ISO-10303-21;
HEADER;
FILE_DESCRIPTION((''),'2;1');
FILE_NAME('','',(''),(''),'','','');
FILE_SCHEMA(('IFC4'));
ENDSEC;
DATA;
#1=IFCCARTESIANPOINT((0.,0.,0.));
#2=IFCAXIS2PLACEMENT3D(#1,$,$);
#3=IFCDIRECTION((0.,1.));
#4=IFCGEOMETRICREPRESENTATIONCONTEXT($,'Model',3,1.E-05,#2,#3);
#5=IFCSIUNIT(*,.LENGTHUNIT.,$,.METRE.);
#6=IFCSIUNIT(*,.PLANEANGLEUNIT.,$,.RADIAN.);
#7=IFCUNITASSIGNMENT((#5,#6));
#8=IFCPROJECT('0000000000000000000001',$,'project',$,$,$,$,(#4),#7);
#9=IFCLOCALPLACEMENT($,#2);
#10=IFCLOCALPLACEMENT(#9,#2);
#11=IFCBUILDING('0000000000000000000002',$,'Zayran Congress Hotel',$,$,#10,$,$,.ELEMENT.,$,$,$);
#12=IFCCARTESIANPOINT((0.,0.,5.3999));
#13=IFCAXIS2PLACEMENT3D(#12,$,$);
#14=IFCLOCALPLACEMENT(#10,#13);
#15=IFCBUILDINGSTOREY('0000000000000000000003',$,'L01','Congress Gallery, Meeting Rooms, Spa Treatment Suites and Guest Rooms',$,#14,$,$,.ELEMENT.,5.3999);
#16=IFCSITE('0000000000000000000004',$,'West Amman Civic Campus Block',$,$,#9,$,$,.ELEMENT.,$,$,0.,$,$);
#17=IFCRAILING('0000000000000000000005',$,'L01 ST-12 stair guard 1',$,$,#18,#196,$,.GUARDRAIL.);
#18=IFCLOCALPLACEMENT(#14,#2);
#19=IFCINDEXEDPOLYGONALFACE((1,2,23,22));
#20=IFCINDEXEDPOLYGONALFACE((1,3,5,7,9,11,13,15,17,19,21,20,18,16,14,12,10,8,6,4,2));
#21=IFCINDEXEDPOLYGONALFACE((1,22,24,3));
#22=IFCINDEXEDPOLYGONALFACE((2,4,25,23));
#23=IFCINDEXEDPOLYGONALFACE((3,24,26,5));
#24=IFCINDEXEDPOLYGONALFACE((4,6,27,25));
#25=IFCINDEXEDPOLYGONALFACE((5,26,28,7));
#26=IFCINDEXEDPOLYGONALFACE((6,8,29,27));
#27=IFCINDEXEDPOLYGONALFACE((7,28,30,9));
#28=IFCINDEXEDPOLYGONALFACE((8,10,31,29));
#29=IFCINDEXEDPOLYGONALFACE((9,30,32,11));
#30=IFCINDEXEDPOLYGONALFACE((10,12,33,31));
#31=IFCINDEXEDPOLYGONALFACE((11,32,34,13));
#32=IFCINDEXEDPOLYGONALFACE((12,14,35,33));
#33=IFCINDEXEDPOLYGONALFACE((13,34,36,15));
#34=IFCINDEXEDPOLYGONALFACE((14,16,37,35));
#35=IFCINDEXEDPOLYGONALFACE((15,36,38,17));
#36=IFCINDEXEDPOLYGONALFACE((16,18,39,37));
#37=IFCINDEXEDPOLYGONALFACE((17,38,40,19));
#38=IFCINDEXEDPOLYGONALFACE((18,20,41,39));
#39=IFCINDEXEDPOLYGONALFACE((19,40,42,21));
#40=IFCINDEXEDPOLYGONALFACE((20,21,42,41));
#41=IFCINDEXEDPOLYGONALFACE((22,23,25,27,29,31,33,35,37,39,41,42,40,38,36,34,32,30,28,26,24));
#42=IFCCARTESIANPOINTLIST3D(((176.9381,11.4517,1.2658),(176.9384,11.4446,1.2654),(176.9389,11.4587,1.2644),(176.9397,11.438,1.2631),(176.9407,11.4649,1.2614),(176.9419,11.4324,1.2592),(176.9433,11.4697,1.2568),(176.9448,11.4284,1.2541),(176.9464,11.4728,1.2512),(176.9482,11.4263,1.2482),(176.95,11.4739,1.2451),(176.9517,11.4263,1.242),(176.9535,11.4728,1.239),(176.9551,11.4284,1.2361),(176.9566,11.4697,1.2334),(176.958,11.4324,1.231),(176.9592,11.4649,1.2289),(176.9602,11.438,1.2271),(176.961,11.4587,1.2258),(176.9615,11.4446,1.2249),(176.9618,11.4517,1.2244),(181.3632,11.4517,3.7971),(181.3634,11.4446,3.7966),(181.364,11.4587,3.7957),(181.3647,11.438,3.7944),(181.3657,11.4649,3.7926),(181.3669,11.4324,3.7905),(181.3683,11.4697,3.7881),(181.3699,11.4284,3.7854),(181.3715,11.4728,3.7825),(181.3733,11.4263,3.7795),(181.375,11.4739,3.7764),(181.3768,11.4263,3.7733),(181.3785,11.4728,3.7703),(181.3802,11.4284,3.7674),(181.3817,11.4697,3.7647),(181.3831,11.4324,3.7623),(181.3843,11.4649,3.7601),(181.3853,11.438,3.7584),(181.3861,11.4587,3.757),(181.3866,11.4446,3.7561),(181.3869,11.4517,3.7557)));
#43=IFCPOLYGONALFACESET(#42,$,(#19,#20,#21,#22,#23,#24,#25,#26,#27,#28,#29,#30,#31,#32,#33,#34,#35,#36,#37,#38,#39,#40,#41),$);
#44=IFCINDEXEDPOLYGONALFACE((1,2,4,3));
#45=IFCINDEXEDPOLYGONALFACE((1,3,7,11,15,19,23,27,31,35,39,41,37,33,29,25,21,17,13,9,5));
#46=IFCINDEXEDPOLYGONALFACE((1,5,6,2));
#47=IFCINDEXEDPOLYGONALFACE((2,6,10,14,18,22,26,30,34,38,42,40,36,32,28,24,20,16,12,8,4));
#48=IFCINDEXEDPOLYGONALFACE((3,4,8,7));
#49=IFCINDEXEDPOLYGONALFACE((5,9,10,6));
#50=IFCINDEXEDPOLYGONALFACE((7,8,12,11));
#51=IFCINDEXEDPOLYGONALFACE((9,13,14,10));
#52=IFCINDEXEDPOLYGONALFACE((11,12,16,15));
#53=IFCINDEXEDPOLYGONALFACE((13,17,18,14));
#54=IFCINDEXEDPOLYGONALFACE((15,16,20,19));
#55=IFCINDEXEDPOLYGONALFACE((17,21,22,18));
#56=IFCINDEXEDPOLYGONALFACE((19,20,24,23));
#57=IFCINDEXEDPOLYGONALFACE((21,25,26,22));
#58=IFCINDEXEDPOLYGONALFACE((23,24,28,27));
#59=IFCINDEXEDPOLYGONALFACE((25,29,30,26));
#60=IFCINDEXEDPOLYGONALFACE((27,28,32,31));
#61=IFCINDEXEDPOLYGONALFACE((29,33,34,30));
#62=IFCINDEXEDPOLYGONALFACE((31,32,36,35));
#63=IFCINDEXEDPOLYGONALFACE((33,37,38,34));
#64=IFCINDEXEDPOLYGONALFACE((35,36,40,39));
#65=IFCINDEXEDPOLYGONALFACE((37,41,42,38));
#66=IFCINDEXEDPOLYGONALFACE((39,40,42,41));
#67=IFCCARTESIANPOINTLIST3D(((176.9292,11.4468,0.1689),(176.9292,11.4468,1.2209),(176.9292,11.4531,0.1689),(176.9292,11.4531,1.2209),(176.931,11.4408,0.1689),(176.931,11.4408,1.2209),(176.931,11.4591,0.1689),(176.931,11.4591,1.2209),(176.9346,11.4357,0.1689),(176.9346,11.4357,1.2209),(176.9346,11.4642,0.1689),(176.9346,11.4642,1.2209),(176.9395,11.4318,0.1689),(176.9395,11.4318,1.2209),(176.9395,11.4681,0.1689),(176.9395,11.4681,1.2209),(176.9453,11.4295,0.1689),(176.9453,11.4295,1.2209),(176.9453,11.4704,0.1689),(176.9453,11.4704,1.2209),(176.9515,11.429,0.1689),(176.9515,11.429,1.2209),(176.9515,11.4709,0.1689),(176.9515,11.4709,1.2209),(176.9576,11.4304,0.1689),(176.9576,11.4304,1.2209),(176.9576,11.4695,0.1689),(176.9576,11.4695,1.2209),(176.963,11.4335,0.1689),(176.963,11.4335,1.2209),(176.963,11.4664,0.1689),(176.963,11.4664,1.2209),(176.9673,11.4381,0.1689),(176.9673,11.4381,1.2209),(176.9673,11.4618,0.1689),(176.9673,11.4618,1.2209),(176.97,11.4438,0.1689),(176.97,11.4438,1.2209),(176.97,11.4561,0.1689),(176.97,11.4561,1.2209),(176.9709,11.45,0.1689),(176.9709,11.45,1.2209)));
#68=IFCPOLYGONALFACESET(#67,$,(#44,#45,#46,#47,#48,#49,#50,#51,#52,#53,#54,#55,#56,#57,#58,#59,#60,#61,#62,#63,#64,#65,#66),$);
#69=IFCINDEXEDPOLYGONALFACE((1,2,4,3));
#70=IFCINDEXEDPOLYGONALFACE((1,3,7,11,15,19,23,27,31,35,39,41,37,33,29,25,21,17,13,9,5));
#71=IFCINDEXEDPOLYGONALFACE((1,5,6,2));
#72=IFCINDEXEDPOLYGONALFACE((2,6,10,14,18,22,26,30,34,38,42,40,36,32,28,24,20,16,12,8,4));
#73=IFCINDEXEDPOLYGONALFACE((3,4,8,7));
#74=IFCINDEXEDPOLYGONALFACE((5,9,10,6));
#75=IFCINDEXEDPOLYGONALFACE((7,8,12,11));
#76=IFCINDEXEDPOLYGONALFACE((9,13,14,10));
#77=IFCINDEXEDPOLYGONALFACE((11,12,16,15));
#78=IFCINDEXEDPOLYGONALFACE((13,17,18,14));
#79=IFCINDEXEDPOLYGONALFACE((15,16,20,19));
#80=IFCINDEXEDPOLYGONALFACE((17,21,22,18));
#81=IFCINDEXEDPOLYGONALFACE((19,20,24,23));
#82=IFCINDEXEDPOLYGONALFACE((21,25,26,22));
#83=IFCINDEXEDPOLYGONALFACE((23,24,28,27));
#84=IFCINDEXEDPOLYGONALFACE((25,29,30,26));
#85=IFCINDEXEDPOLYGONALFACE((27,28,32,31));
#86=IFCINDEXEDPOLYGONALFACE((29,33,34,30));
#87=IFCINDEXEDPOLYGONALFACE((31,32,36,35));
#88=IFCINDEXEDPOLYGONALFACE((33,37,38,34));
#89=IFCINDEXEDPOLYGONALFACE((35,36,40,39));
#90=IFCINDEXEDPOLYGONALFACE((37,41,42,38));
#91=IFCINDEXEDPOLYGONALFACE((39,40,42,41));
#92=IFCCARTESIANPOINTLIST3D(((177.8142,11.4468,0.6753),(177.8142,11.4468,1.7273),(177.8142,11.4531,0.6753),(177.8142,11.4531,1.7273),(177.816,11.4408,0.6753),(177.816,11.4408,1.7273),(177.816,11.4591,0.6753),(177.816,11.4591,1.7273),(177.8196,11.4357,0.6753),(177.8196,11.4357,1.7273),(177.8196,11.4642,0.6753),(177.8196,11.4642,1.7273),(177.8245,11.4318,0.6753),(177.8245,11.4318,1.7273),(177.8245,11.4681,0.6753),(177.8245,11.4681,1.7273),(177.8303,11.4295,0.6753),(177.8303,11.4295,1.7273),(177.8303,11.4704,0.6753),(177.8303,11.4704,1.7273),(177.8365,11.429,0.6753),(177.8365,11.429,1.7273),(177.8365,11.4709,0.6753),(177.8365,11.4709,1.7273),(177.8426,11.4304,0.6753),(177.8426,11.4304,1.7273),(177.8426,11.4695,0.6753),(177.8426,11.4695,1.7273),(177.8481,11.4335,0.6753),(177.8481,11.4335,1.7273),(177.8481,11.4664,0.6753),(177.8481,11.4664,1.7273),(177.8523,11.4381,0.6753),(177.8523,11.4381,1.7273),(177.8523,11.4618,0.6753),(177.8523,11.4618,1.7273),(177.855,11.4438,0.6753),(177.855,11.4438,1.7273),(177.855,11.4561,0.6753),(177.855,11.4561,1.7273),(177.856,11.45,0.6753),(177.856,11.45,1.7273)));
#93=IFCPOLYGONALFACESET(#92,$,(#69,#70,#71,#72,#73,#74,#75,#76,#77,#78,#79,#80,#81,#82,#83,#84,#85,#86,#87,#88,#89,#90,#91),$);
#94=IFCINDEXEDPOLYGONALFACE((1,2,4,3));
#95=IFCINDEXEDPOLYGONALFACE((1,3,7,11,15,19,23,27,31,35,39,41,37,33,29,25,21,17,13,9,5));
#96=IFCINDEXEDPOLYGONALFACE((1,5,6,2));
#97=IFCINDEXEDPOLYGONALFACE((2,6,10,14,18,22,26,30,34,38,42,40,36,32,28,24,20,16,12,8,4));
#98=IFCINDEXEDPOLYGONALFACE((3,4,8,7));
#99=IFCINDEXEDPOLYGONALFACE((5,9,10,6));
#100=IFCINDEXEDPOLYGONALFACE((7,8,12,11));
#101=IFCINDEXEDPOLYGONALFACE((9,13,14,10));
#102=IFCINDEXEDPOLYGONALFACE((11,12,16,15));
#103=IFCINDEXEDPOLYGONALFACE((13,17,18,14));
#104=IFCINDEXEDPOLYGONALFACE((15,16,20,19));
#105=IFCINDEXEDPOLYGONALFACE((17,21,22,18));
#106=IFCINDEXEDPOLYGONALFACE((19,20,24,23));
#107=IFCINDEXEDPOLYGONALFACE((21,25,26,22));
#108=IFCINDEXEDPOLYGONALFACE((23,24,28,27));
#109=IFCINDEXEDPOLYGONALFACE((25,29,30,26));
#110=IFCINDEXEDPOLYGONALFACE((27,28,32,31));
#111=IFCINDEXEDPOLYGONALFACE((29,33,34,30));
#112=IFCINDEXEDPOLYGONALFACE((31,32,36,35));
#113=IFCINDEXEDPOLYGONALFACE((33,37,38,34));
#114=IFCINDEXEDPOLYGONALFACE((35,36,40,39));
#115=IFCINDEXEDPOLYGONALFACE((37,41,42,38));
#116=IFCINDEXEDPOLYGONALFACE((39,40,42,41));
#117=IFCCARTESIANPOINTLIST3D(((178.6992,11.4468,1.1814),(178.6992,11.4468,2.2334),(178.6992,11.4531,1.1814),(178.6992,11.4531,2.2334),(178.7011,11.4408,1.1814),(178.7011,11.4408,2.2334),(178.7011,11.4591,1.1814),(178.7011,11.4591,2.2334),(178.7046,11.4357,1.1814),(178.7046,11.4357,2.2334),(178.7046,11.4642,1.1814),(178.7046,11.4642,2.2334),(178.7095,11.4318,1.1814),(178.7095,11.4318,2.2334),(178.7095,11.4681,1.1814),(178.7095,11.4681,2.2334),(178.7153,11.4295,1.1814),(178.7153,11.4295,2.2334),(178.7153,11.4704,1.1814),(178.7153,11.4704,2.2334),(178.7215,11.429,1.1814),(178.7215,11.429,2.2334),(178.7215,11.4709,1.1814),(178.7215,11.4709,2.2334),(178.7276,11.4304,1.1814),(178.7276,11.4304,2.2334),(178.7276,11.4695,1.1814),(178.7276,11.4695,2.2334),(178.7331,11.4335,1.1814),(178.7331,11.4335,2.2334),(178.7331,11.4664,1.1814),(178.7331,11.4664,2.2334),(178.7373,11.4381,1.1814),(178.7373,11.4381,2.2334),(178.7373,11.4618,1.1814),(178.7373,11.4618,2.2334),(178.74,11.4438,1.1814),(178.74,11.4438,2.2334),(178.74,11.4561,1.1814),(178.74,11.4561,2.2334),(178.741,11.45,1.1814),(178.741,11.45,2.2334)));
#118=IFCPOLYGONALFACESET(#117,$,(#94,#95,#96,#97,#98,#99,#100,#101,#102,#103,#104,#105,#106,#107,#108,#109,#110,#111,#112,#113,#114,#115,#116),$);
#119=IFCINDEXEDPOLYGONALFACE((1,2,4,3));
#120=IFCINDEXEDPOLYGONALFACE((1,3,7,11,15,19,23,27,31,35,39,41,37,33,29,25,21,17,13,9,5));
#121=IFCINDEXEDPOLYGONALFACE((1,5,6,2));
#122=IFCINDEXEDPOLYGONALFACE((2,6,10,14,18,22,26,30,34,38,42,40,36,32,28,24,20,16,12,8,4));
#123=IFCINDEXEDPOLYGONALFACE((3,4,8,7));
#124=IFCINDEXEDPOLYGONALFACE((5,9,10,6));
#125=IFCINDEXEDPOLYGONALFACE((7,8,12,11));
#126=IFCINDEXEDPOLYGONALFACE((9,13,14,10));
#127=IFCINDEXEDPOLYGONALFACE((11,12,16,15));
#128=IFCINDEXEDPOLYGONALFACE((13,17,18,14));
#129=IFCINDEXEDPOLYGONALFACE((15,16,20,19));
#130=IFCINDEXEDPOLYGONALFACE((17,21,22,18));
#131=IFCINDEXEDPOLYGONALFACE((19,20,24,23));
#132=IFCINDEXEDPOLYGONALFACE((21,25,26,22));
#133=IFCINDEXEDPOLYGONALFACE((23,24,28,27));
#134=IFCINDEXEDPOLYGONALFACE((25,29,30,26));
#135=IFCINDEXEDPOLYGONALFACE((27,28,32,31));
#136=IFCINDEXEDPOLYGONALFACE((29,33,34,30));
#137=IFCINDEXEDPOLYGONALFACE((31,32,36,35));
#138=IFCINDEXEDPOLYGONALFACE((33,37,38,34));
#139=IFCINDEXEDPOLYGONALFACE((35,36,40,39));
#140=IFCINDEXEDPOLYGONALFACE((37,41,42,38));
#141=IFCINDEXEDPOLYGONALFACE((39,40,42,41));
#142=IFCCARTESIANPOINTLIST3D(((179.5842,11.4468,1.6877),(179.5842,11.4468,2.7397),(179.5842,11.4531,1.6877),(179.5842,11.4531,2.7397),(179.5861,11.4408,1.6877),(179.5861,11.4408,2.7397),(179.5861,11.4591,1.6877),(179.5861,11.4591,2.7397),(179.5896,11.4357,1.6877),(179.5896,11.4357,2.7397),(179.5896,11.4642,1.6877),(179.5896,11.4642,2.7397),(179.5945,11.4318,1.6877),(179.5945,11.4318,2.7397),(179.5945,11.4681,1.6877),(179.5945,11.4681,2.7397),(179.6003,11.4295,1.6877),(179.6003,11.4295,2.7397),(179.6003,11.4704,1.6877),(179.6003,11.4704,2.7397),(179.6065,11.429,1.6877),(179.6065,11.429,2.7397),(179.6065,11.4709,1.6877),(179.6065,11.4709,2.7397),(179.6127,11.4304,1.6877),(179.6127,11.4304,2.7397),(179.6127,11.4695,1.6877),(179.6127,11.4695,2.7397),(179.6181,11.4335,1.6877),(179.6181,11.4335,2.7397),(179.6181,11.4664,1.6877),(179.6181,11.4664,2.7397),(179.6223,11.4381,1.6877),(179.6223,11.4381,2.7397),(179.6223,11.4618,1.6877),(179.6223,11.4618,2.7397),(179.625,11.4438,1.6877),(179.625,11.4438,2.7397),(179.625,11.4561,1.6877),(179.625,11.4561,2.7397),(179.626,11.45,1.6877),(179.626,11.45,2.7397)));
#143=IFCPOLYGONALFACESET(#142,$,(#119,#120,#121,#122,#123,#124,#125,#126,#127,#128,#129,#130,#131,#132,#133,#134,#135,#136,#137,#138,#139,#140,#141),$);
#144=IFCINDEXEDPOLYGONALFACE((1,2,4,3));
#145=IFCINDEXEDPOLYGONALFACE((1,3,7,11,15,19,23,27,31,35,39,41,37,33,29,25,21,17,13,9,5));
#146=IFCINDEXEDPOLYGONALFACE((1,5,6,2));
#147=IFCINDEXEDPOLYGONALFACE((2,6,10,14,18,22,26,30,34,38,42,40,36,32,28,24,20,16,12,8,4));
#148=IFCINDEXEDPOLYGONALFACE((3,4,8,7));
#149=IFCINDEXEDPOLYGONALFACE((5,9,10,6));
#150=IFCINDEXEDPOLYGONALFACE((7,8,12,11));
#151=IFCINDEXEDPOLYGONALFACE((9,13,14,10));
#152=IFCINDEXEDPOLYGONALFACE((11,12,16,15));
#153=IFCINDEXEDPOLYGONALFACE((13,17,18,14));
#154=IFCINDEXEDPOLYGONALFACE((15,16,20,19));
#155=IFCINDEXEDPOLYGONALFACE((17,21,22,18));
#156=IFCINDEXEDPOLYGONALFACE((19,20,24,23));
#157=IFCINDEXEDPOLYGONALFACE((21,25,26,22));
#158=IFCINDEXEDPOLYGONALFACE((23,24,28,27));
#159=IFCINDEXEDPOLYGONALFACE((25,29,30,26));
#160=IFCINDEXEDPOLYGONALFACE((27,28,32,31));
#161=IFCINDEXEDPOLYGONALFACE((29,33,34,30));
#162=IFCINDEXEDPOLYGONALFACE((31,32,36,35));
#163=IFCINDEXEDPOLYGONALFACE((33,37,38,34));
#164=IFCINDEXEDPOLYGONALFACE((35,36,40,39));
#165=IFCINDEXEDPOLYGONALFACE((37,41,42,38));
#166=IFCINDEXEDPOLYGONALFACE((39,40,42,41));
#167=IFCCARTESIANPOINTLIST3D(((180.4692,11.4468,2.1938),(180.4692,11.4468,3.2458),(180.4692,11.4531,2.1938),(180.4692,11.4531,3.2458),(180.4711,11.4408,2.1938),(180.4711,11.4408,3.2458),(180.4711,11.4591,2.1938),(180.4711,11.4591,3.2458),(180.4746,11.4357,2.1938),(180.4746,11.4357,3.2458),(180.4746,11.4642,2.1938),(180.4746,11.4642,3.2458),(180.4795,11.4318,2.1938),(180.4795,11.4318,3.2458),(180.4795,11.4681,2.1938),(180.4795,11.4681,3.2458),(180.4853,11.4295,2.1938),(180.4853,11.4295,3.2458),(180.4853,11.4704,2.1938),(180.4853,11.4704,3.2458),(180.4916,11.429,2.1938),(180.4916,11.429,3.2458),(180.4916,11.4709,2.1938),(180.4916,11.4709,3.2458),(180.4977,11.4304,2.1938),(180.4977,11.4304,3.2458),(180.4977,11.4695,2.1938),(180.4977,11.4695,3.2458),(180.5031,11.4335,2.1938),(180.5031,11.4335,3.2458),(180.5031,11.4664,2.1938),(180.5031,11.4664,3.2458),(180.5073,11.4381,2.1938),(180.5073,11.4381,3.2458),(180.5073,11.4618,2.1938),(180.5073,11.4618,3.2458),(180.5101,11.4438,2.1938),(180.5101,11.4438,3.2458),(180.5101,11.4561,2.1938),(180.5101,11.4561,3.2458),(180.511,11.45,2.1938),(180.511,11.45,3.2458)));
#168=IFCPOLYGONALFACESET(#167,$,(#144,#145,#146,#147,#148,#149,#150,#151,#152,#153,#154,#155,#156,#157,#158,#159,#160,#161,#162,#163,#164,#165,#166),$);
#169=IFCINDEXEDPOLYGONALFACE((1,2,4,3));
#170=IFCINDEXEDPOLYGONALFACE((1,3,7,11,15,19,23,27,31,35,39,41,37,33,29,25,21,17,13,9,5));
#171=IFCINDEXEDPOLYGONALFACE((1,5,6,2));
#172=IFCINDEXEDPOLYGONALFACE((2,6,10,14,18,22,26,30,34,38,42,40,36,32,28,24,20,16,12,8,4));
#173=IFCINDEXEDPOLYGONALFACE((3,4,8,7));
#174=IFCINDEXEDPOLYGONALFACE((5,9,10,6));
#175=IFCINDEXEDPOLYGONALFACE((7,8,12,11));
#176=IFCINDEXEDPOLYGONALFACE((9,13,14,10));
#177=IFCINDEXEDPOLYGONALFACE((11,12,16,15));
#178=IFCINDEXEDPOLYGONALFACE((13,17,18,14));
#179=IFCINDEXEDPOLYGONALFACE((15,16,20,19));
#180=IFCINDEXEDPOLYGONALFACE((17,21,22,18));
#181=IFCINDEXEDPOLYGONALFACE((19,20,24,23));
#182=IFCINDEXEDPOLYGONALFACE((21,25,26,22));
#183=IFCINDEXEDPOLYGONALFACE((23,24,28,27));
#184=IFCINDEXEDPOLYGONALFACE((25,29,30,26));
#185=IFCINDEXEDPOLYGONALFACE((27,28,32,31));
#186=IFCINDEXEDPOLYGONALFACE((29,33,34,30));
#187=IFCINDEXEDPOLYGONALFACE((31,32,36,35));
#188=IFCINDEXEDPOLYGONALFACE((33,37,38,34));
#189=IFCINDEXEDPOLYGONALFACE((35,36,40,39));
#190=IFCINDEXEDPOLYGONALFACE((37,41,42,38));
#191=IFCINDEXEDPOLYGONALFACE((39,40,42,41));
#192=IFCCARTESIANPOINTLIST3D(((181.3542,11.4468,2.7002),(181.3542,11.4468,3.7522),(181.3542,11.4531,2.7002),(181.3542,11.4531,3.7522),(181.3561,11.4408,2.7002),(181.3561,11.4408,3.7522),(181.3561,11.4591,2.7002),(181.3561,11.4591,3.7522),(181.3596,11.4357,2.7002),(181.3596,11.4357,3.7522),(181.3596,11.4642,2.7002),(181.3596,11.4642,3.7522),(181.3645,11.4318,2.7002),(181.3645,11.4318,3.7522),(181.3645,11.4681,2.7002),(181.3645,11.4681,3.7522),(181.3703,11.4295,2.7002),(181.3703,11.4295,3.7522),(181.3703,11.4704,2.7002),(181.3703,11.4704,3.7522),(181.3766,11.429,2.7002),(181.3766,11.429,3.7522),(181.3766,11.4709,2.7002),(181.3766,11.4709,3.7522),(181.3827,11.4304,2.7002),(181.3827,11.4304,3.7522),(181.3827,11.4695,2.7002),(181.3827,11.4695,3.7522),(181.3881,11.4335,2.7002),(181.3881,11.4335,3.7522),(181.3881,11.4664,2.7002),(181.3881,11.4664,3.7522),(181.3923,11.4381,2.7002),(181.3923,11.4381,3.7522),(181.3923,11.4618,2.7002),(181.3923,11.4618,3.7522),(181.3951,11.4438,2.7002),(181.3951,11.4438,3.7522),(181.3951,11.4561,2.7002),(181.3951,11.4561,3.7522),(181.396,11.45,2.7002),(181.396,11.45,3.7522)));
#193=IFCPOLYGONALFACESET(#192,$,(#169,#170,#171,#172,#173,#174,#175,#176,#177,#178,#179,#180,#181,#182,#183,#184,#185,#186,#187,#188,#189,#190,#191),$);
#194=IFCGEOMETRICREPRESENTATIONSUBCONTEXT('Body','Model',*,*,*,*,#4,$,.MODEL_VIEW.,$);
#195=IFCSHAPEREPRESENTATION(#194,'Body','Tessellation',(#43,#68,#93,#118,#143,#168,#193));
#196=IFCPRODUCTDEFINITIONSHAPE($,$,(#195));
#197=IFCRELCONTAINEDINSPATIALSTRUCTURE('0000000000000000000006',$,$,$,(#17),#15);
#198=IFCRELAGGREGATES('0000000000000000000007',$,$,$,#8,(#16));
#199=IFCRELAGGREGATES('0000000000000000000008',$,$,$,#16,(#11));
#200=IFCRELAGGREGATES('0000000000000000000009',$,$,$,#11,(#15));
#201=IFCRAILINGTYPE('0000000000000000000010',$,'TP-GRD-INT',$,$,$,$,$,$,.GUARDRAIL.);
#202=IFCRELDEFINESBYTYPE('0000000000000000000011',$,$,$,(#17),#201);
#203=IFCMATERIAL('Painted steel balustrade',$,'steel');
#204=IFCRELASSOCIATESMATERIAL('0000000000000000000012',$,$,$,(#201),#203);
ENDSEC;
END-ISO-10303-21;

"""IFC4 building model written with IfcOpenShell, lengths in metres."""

from ifc_helpers import new_model, si_unit, direction, frame, origin, origin_2d, place, context, subcontext, project, spatial, circle, extrude, material, type_object, element, save


model = new_model("IFC4")

# Units and contexts
model_context = context("Model", 3, precision=1e-05, world=origin(), true_north=direction((0.0, 1.0)))
body_context = subcontext(model_context, "Body", "Model", "MODEL_VIEW")
ifc_project = project(units=[si_unit("LENGTHUNIT", "METRE"), si_unit("PLANEANGLEUNIT", "RADIAN")], contexts=[model_context])

# Site, building, storey
site_placement = place(None, origin())
site = spatial("IfcSite", under=ifc_project, at=site_placement, Name="West Amman Civic Campus Block", CompositionType="ELEMENT", RefElevation=0.0)
building_placement = place(site_placement, origin())
building = spatial("IfcBuilding", under=site, at=building_placement, Name="Zayran Congress Hotel", CompositionType="ELEMENT")
storey_placement = place(building_placement, frame((0.0, 0.0, 5.3999)))
storey = spatial("IfcBuildingStorey", under=building, at=storey_placement, Name="L01", Description="Congress Gallery, Meeting Rooms, Spa Treatment Suites and Guest Rooms", CompositionType="ELEMENT", Elevation=5.3999)

# Railing
ifc_material_1 = material(Name="Painted steel balustrade", Category="steel")
railing_type_1 = type_object("IfcRailingType", Name="TP-GRD-INT", PredefinedType="GUARDRAIL", material=ifc_material_1)
railing_1_placement = place(storey_placement, frame((176.95, 11.45, 0.1689)))
element("IfcRailing", 1, at=railing_1_placement, inside=storey, type_object=railing_type_1, Name="L01 ST-12 stair guard 1", PredefinedType="GUARDRAIL", context=body_context, shape_type="SweptSolid", body=[
    extrude(circle(Radius=0.0239, at=origin_2d()), frame((0.0, 0.0, 1.0762), z_axis=(0.868019, 0.0, 0.496531), x_axis=(0.0, 1.0, 0.0)), (0.0, 0.0, 1.0), 5.0979),
    extrude(circle(Radius=0.021, at=origin_2d()), origin(), (0.0, 0.0, 1.0), 1.052),
    extrude(circle(Radius=0.021, at=origin_2d()), frame((0.885, 0.0, 0.5063)), (0.0, 0.0, 1.0), 1.052),
    extrude(circle(Radius=0.021, at=origin_2d()), frame((1.77, 0.0, 1.0125)), (0.0, 0.0, 1.0), 1.052),
    extrude(circle(Radius=0.021, at=origin_2d()), frame((2.655, 0.0, 1.5188)), (0.0, 0.0, 1.0), 1.052),
    extrude(circle(Radius=0.021, at=origin_2d()), frame((3.54, 0.0, 2.0249)), (0.0, 0.0, 1.0), 1.052),
    extrude(circle(Radius=0.021, at=origin_2d()), frame((4.425, 0.0, 2.5312)), (0.0, 0.0, 1.0), 1.052),
])

save(model, "model.ifc")
